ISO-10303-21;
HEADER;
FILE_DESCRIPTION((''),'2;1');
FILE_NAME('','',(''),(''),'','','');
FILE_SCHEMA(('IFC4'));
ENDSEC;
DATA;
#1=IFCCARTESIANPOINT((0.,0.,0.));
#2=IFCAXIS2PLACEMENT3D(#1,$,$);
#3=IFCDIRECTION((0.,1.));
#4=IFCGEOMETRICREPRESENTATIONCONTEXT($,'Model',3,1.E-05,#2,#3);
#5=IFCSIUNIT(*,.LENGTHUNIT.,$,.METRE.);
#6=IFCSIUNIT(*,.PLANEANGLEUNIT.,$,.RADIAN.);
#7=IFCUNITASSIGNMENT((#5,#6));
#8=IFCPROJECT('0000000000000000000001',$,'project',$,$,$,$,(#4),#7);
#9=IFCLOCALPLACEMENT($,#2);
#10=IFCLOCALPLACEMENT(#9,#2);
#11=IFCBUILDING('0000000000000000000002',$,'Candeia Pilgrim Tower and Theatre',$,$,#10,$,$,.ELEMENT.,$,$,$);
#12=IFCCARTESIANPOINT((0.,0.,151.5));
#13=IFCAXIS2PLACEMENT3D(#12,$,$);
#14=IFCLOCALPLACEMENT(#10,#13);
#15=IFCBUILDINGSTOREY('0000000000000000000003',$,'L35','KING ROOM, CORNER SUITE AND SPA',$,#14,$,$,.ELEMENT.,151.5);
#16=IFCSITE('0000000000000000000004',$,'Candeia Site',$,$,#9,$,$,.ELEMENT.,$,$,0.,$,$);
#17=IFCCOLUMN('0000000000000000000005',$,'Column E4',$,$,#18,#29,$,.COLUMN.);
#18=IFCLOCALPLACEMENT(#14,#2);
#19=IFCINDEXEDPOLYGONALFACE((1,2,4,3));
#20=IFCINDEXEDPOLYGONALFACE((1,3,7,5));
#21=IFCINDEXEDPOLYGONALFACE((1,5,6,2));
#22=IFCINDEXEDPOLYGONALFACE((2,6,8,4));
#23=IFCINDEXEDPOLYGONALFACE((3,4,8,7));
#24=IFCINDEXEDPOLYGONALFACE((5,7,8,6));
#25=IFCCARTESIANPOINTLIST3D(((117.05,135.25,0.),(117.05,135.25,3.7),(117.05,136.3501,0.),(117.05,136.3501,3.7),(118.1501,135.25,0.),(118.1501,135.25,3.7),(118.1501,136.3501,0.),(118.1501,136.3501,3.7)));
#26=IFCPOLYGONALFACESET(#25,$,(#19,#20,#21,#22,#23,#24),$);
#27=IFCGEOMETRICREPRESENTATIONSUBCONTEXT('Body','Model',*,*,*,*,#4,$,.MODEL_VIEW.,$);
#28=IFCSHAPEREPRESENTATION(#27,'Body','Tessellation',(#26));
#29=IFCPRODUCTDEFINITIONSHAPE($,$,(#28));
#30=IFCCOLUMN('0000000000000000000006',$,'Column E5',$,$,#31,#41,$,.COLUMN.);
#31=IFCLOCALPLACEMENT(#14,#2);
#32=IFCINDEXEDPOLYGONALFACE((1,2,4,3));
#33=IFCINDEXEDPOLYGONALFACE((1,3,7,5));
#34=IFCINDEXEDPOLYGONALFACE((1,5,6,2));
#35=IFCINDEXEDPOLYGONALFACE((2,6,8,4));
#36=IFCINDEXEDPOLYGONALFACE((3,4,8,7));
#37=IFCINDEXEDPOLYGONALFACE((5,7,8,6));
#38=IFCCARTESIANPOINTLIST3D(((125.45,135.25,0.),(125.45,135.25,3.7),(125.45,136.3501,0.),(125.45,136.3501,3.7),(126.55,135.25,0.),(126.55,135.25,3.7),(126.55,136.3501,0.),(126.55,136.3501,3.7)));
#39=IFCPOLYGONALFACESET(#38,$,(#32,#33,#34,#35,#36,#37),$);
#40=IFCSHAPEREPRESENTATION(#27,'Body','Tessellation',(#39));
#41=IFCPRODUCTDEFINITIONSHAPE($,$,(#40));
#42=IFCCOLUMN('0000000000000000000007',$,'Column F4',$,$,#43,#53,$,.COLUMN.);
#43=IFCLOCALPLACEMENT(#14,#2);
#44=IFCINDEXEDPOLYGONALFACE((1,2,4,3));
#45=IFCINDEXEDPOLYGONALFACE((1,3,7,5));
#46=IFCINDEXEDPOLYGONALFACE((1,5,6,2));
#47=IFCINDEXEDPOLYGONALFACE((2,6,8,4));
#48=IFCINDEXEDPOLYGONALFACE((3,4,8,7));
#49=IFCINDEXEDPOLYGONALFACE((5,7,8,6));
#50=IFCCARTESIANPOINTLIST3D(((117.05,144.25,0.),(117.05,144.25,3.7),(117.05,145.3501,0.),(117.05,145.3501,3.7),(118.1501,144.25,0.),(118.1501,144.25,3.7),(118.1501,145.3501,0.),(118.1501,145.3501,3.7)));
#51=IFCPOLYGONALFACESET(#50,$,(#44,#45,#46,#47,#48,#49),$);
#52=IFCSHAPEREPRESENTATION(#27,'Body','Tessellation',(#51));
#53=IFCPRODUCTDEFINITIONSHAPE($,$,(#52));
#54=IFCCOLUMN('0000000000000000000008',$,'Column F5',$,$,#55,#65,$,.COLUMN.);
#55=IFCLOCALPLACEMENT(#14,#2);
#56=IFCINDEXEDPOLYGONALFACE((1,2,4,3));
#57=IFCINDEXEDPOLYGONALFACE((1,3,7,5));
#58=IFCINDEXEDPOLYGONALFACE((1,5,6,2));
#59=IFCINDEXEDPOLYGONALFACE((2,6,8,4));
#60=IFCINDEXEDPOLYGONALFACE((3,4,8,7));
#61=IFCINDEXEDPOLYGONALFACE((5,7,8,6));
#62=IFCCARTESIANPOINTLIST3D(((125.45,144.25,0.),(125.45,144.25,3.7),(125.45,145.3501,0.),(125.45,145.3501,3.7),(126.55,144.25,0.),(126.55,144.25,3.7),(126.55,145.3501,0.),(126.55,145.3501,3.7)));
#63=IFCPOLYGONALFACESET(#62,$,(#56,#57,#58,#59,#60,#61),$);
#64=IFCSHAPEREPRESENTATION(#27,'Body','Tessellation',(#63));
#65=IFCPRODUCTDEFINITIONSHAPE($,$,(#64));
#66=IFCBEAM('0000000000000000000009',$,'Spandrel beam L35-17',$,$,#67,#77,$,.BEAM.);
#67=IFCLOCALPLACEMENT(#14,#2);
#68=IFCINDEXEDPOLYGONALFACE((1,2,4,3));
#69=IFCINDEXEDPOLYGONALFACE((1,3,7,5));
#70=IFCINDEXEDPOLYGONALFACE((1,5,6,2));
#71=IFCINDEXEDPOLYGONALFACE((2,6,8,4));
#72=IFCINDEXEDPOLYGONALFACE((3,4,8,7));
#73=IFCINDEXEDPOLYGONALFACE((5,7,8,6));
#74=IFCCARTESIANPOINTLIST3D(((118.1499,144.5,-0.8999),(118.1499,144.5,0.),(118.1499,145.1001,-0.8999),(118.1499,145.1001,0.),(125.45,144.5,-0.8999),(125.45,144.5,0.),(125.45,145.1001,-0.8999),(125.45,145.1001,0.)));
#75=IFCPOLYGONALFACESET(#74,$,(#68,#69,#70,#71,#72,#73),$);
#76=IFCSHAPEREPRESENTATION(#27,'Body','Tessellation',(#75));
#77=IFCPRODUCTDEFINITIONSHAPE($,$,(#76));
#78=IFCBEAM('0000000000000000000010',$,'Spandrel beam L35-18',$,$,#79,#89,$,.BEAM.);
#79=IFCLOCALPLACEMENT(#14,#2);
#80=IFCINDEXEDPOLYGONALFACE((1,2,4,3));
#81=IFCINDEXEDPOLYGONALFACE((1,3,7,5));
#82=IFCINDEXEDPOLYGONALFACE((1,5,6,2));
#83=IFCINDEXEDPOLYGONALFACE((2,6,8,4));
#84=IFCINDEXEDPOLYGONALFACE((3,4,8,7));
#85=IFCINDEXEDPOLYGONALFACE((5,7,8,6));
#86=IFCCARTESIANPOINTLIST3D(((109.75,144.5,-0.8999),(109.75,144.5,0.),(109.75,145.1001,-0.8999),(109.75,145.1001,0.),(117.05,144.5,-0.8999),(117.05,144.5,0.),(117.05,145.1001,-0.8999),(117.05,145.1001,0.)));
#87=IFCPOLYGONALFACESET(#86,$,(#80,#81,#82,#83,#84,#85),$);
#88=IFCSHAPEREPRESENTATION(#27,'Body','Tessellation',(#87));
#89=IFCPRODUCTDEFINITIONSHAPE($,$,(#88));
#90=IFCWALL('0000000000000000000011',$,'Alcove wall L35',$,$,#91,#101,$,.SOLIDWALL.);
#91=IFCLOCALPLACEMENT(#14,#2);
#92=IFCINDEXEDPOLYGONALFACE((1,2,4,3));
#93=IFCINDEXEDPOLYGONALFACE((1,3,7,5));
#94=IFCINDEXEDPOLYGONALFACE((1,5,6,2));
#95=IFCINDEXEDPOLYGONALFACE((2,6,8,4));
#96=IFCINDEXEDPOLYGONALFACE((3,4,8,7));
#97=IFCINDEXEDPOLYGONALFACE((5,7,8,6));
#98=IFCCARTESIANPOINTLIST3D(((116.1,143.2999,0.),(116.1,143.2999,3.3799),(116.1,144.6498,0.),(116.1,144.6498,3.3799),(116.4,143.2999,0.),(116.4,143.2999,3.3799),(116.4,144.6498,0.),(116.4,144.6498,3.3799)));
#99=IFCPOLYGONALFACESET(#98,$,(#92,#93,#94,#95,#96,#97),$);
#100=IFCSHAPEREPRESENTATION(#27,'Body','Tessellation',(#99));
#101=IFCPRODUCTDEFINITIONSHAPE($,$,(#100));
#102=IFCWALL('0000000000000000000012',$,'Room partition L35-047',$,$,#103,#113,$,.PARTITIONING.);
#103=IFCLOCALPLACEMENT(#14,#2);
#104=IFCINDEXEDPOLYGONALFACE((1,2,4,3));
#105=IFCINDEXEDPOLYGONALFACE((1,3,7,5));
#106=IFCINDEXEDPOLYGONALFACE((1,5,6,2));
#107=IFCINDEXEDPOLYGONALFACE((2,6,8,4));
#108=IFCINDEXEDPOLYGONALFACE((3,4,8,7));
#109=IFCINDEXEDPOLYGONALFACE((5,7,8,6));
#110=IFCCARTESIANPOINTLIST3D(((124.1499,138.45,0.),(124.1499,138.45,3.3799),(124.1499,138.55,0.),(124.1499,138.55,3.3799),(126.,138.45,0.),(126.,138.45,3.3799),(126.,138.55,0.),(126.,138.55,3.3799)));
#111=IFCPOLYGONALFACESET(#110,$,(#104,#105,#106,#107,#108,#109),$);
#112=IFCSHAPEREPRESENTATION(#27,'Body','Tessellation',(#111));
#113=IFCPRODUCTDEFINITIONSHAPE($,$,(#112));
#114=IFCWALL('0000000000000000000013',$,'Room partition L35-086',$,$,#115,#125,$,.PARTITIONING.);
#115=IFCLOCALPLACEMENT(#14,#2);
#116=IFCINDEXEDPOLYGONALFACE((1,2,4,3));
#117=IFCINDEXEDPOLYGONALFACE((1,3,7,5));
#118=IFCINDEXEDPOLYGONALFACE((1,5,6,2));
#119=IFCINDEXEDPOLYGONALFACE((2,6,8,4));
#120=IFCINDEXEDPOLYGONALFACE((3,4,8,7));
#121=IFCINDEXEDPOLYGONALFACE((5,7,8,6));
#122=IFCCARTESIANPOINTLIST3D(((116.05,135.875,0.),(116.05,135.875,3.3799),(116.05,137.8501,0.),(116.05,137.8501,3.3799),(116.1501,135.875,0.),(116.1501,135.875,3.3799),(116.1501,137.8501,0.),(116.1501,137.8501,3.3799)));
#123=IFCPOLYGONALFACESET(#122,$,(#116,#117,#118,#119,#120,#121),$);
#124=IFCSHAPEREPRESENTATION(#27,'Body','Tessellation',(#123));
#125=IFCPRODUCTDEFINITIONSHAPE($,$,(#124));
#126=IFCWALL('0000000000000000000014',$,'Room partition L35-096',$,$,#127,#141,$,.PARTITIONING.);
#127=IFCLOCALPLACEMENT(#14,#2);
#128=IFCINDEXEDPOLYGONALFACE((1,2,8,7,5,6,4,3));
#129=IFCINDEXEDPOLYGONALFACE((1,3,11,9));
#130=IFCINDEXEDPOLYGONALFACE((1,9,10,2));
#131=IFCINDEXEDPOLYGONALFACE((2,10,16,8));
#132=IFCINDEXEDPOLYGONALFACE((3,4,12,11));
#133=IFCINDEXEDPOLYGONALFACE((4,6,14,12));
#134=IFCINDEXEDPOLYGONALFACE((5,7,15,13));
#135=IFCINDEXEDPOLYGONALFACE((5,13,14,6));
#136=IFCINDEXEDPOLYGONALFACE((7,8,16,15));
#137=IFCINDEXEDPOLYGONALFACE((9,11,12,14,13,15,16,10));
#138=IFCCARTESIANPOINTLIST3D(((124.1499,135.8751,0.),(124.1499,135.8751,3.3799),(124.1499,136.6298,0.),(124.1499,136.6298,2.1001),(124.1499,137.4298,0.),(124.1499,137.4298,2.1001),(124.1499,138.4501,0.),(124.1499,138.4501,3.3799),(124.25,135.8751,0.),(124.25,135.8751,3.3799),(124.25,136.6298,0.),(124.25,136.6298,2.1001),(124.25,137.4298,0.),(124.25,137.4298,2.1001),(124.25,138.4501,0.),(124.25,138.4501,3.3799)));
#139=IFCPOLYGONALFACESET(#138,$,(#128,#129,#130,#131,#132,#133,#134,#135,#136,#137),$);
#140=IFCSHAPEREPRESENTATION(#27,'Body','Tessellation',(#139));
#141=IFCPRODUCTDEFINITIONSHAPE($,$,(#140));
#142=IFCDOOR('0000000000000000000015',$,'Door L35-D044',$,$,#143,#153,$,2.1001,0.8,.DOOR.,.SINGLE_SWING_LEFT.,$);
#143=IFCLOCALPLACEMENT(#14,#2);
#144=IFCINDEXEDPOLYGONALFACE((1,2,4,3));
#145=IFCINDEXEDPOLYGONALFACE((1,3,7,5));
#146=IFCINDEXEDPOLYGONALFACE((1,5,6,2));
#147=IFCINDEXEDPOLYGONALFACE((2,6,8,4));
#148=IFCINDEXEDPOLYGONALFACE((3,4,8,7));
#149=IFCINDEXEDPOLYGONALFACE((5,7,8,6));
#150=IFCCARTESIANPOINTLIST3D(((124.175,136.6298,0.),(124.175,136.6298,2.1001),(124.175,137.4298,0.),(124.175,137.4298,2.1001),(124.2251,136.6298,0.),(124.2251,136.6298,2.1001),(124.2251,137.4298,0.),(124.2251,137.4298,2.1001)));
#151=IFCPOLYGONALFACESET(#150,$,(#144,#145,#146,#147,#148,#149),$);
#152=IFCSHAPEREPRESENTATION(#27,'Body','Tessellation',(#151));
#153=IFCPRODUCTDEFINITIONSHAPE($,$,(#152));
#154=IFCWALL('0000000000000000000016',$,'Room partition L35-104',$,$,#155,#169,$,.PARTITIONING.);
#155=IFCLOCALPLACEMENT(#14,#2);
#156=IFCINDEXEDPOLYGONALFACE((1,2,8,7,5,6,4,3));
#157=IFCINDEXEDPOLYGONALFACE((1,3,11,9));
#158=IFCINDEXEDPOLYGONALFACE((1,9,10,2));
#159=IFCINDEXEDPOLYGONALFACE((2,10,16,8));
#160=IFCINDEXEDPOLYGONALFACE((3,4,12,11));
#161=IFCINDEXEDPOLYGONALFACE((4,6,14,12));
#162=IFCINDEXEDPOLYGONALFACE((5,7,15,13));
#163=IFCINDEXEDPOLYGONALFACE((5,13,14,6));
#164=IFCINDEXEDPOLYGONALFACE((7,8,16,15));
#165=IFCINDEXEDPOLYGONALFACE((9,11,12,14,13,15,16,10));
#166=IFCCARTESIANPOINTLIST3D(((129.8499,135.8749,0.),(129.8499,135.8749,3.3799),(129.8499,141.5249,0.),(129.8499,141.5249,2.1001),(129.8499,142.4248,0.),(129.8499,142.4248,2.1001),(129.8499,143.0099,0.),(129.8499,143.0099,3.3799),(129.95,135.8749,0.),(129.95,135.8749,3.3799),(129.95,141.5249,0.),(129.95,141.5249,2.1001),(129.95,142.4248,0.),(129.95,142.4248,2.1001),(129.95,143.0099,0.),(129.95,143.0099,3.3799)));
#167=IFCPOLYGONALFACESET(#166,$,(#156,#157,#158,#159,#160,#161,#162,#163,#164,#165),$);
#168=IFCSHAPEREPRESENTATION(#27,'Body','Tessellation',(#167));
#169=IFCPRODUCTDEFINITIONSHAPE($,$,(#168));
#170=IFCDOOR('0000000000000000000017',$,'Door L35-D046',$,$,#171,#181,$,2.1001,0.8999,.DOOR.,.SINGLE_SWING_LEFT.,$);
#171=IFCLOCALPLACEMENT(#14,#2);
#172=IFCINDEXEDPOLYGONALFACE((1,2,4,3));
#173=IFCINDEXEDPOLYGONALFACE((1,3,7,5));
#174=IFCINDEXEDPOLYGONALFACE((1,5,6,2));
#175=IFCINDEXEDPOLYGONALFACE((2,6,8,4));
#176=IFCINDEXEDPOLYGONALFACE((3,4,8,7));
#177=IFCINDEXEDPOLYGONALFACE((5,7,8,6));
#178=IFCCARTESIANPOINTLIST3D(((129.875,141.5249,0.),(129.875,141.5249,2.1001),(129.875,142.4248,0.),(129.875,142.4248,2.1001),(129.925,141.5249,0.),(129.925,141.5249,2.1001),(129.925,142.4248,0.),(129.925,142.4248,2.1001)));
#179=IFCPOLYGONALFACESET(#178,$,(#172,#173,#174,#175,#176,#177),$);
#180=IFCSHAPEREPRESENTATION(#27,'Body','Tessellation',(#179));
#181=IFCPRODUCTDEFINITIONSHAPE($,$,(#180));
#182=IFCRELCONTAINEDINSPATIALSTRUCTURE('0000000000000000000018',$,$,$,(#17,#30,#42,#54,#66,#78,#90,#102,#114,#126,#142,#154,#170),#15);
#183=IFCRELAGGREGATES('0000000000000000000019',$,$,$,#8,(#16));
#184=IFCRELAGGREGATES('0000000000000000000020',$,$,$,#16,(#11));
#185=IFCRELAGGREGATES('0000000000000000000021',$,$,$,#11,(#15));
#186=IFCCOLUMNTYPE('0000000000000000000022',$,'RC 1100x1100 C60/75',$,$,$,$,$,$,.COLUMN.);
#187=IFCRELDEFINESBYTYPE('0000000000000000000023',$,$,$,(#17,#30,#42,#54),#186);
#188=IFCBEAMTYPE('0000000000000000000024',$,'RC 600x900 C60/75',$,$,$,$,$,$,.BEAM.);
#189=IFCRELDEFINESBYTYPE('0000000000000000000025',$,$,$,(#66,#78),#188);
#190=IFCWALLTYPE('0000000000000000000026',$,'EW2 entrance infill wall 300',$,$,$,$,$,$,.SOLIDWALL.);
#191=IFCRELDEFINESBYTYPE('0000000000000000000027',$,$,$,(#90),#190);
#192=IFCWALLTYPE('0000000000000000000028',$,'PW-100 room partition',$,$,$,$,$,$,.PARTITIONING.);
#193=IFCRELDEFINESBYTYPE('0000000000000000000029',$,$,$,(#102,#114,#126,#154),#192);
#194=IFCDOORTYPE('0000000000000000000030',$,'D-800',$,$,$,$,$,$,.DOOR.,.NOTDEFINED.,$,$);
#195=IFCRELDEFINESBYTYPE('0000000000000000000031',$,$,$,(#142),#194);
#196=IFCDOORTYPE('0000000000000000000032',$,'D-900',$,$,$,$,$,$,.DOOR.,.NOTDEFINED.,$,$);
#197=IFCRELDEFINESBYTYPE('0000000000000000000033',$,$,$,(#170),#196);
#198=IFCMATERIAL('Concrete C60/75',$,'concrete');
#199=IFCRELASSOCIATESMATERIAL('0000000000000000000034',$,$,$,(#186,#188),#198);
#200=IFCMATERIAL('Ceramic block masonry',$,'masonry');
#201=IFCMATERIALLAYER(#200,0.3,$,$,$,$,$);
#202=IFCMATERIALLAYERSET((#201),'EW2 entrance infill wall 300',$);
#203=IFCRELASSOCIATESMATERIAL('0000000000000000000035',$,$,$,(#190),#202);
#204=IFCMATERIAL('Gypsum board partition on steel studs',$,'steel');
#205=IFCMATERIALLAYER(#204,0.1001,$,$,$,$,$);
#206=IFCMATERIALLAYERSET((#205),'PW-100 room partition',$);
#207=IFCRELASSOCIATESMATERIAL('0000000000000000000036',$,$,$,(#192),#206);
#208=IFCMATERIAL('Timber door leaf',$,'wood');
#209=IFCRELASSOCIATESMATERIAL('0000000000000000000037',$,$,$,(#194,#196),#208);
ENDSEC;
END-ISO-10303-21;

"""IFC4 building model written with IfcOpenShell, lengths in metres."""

from ifc_helpers import new_model, si_unit, direction, frame, frame_2d, origin, origin_2d, place, context, subcontext, project, spatial, rectangle, extrude, material, layer, layer_set, material_profile, profile_set, type_object, element, fill, save


model = new_model("IFC4")

# Units and contexts
model_context = context("Model", 3, precision=1e-05, world=origin(), true_north=direction((0.0, 1.0)))
body_context = subcontext(model_context, "Body", "Model", "MODEL_VIEW")
ifc_project = project(units=[si_unit("LENGTHUNIT", "METRE"), si_unit("PLANEANGLEUNIT", "RADIAN")], contexts=[model_context])

# Site, building, storey
site_placement = place(None, origin())
site = spatial("IfcSite", under=ifc_project, at=site_placement, Name="Candeia Site", CompositionType="ELEMENT", RefElevation=0.0)
building_placement = place(site_placement, origin())
building = spatial("IfcBuilding", under=site, at=building_placement, Name="Candeia Pilgrim Tower and Theatre", CompositionType="ELEMENT")
storey_placement = place(building_placement, frame((0.0, 0.0, 151.5)))
storey = spatial("IfcBuildingStorey", under=building, at=storey_placement, Name="L35", Description="KING ROOM, CORNER SUITE AND SPA", CompositionType="ELEMENT", Elevation=151.5)

# Columns
ifc_material_1 = material(Name="Concrete C60/75", Category="concrete")
ifc_material_profile_1 = material_profile(ifc_material_1, rectangle(XDim=1.1001, YDim=1.1001, at=origin_2d()))
ifc_profile_set_1 = profile_set([ifc_material_profile_1], Name="Concrete C60/75")
column_type = type_object("IfcColumnType", Name="RC 1100x1100 C60/75", PredefinedType="COLUMN", material=ifc_profile_set_1)
for number, where, z_axis, x_axis, name in (
    (1, (117.6001, 135.8, 0.0), (0.0, 0.0, 1.0), (1.0, 0.0, 0.0), "Column E4"),
    (2, (126.0, 135.8, 0.0), (0.0, 0.0, 1.0), (1.0, 0.0, 0.0), "Column E5"),
    (3, (117.6001, 144.8, 0.0), (0.0, 0.0, 1.0), (1.0, 0.0, 0.0), "Column F4"),
    (4, (126.0, 144.8, 0.0), (0.0, 0.0, 1.0), (1.0, 0.0, 0.0), "Column F5"),
):
    element("IfcColumn", number, at=place(storey_placement, frame(where, z_axis=z_axis, x_axis=x_axis)), inside=storey, type_object=column_type, Name=name, PredefinedType="COLUMN", context=body_context, shape_type="SweptSolid", body=[
        extrude(rectangle(XDim=1.1001, YDim=1.1001, at=origin_2d()), origin(), (0.0, 0.0, 1.0), 3.7),
    ])

# Beams
ifc_material_profile_2 = material_profile(ifc_material_1, rectangle(XDim=0.6001, YDim=0.8999, at=origin_2d()))
ifc_profile_set_2 = profile_set([ifc_material_profile_2], Name="Concrete C60/75")
beam_type = type_object("IfcBeamType", Name="RC 600x900 C60/75", PredefinedType="BEAM", material=ifc_profile_set_2)
for number, where, z_axis, x_axis, name in (
    (5, (125.45, 144.8, -0.45), (-1.0, 0.0, 0.0), (0.0, -1.0, 0.0), "Spandrel beam L35-17"),
    (6, (117.05, 144.8, -0.45), (-1.0, 0.0, 0.0), (0.0, -1.0, 0.0), "Spandrel beam L35-18"),
):
    element("IfcBeam", number, at=place(storey_placement, frame(where, z_axis=z_axis, x_axis=x_axis)), inside=storey, type_object=beam_type, Name=name, PredefinedType="BEAM", context=body_context, shape_type="SweptSolid", body=[
        extrude(rectangle(XDim=0.6001, YDim=0.8999, at=origin_2d()), origin(), (0.0, 0.0, 1.0), 7.3),
    ])

# Wall
ifc_material_2 = material(Name="Ceramic block masonry", Category="masonry")
ifc_layer_1 = layer(ifc_material_2, 0.3)
ifc_layer_set_1 = layer_set([ifc_layer_1], Name="EW2 entrance infill wall 300")
wall_type_1 = type_object("IfcWallType", Name="EW2 entrance infill wall 300", PredefinedType="SOLIDWALL", material=ifc_layer_set_1)
wall_1_placement = place(storey_placement, frame((116.25, 143.3, 0.0), z_axis=(0.0, 0.0, 1.0), x_axis=(0.0, 1.0, 0.0)))
element("IfcWall", 7, at=wall_1_placement, inside=storey, type_object=wall_type_1, Name="Alcove wall L35", PredefinedType="SOLIDWALL", context=body_context, shape_type="SweptSolid", body=[
    extrude(rectangle(XDim=1.3499, YDim=0.3, at=frame_2d((0.6748, 0.0))), origin(), (0.0, 0.0, 1.0), 3.3799),
])

# Walls
ifc_material_3 = material(Name="Gypsum board partition on steel studs", Category="steel")
ifc_layer_2 = layer(ifc_material_3, 0.1001)
ifc_layer_set_2 = layer_set([ifc_layer_2], Name="PW-100 room partition")
wall_type_2 = type_object("IfcWallType", Name="PW-100 room partition", PredefinedType="PARTITIONING", material=ifc_layer_set_2)
wall_2_placement = place(storey_placement, frame((124.1499, 138.5, 0.0), z_axis=(0.0, 0.0, 1.0), x_axis=(1.0, 0.0, 0.0)))
element("IfcWall", 8, at=wall_2_placement, inside=storey, type_object=wall_type_2, Name="Room partition L35-047", PredefinedType="PARTITIONING", context=body_context, shape_type="SweptSolid", body=[
    extrude(rectangle(XDim=1.8501, YDim=0.1001, at=frame_2d((0.925, 0.0))), origin(), (0.0, 0.0, 1.0), 3.3799),
])
wall_3_placement = place(storey_placement, frame((116.1001, 135.875, 0.0), z_axis=(0.0, 0.0, 1.0), x_axis=(0.0, 1.0, 0.0)))
element("IfcWall", 9, at=wall_3_placement, inside=storey, type_object=wall_type_2, Name="Room partition L35-086", PredefinedType="PARTITIONING", context=body_context, shape_type="SweptSolid", body=[
    extrude(rectangle(XDim=1.9751, YDim=0.1001, at=frame_2d((0.9875, 0.0))), origin(), (0.0, 0.0, 1.0), 3.3799),
])

# Walls, openings, doors
wall_4_placement = place(storey_placement, frame((124.2, 135.875, 0.0), z_axis=(0.0, 0.0, 1.0), x_axis=(0.0, 1.0, 0.0)))
wall_4 = element("IfcWall", 10, at=wall_4_placement, inside=storey, type_object=wall_type_2, Name="Room partition L35-096", PredefinedType="PARTITIONING", context=body_context, shape_type="SweptSolid", body=[
    extrude(rectangle(XDim=2.575, YDim=0.1001, at=frame_2d((1.2876, 0.0))), origin(), (0.0, 0.0, 1.0), 3.3799),
])
opening_1_placement = place(wall_4_placement, frame((0.7549, 0.0, 0.0)))
opening_1 = element("IfcOpeningElement", 11, at=opening_1_placement, cuts=wall_4, PredefinedType="OPENING", context=body_context, shape_type="SweptSolid", body=[
    extrude(rectangle(XDim=0.8, YDim=2.1001, at=frame_2d((0.3999, 1.05))), frame((0.0, 0.0601, 0.0), z_axis=(0.0, -1.0, 0.0), x_axis=(1.0, 0.0, 0.0)), (0.0, 0.0, 1.0), 0.1201),
])
ifc_material_4 = material(Name="Timber door leaf", Category="wood")
door_type_1 = type_object("IfcDoorType", Name="D-800", OperationType="NOTDEFINED", PredefinedType="DOOR", material=ifc_material_4)
door_1_placement = place(opening_1_placement, origin())
door_1 = element("IfcDoor", 12, at=door_1_placement, inside=storey, type_object=door_type_1, Name="Door L35-D044", OperationType="SINGLE_SWING_LEFT", OverallHeight=2.1001, OverallWidth=0.8, PredefinedType="DOOR", context=body_context, shape_type="SweptSolid", body=[
    extrude(rectangle(XDim=0.8, YDim=2.1001, at=frame_2d((0.3999, 1.05))), frame((0.0, 0.0249, 0.0), z_axis=(0.0, -1.0, 0.0), x_axis=(1.0, 0.0, 0.0)), (0.0, 0.0, 1.0), 0.05),
])
fill(opening_1, door_1)
wall_5_placement = place(storey_placement, frame((129.8999, 135.875, 0.0), z_axis=(0.0, 0.0, 1.0), x_axis=(0.0, 1.0, 0.0)))
wall_5 = element("IfcWall", 13, at=wall_5_placement, inside=storey, type_object=wall_type_2, Name="Room partition L35-104", PredefinedType="PARTITIONING", context=body_context, shape_type="SweptSolid", body=[
    extrude(rectangle(XDim=7.135, YDim=0.1001, at=frame_2d((3.5674, 0.0))), origin(), (0.0, 0.0, 1.0), 3.3799),
])
opening_2_placement = place(wall_5_placement, frame((5.6499, 0.0, 0.0)))
opening_2 = element("IfcOpeningElement", 14, at=opening_2_placement, cuts=wall_5, PredefinedType="OPENING", context=body_context, shape_type="SweptSolid", body=[
    extrude(rectangle(XDim=0.8999, YDim=2.1001, at=frame_2d((0.45, 1.05))), frame((0.0, 0.0601, 0.0), z_axis=(0.0, -1.0, 0.0), x_axis=(1.0, 0.0, 0.0)), (0.0, 0.0, 1.0), 0.1201),
])
door_type_2 = type_object("IfcDoorType", Name="D-900", OperationType="NOTDEFINED", PredefinedType="DOOR", material=ifc_material_4)
door_2_placement = place(opening_2_placement, origin())
door_2 = element("IfcDoor", 15, at=door_2_placement, inside=storey, type_object=door_type_2, Name="Door L35-D046", OperationType="SINGLE_SWING_LEFT", OverallHeight=2.1001, OverallWidth=0.8999, PredefinedType="DOOR", context=body_context, shape_type="SweptSolid", body=[
    extrude(rectangle(XDim=0.8999, YDim=2.1001, at=frame_2d((0.45, 1.05))), frame((0.0, 0.0249, 0.0), z_axis=(0.0, -1.0, 0.0), x_axis=(1.0, 0.0, 0.0)), (0.0, 0.0, 1.0), 0.05),
])
fill(opening_2, door_2)

save(model, "model.ifc")
